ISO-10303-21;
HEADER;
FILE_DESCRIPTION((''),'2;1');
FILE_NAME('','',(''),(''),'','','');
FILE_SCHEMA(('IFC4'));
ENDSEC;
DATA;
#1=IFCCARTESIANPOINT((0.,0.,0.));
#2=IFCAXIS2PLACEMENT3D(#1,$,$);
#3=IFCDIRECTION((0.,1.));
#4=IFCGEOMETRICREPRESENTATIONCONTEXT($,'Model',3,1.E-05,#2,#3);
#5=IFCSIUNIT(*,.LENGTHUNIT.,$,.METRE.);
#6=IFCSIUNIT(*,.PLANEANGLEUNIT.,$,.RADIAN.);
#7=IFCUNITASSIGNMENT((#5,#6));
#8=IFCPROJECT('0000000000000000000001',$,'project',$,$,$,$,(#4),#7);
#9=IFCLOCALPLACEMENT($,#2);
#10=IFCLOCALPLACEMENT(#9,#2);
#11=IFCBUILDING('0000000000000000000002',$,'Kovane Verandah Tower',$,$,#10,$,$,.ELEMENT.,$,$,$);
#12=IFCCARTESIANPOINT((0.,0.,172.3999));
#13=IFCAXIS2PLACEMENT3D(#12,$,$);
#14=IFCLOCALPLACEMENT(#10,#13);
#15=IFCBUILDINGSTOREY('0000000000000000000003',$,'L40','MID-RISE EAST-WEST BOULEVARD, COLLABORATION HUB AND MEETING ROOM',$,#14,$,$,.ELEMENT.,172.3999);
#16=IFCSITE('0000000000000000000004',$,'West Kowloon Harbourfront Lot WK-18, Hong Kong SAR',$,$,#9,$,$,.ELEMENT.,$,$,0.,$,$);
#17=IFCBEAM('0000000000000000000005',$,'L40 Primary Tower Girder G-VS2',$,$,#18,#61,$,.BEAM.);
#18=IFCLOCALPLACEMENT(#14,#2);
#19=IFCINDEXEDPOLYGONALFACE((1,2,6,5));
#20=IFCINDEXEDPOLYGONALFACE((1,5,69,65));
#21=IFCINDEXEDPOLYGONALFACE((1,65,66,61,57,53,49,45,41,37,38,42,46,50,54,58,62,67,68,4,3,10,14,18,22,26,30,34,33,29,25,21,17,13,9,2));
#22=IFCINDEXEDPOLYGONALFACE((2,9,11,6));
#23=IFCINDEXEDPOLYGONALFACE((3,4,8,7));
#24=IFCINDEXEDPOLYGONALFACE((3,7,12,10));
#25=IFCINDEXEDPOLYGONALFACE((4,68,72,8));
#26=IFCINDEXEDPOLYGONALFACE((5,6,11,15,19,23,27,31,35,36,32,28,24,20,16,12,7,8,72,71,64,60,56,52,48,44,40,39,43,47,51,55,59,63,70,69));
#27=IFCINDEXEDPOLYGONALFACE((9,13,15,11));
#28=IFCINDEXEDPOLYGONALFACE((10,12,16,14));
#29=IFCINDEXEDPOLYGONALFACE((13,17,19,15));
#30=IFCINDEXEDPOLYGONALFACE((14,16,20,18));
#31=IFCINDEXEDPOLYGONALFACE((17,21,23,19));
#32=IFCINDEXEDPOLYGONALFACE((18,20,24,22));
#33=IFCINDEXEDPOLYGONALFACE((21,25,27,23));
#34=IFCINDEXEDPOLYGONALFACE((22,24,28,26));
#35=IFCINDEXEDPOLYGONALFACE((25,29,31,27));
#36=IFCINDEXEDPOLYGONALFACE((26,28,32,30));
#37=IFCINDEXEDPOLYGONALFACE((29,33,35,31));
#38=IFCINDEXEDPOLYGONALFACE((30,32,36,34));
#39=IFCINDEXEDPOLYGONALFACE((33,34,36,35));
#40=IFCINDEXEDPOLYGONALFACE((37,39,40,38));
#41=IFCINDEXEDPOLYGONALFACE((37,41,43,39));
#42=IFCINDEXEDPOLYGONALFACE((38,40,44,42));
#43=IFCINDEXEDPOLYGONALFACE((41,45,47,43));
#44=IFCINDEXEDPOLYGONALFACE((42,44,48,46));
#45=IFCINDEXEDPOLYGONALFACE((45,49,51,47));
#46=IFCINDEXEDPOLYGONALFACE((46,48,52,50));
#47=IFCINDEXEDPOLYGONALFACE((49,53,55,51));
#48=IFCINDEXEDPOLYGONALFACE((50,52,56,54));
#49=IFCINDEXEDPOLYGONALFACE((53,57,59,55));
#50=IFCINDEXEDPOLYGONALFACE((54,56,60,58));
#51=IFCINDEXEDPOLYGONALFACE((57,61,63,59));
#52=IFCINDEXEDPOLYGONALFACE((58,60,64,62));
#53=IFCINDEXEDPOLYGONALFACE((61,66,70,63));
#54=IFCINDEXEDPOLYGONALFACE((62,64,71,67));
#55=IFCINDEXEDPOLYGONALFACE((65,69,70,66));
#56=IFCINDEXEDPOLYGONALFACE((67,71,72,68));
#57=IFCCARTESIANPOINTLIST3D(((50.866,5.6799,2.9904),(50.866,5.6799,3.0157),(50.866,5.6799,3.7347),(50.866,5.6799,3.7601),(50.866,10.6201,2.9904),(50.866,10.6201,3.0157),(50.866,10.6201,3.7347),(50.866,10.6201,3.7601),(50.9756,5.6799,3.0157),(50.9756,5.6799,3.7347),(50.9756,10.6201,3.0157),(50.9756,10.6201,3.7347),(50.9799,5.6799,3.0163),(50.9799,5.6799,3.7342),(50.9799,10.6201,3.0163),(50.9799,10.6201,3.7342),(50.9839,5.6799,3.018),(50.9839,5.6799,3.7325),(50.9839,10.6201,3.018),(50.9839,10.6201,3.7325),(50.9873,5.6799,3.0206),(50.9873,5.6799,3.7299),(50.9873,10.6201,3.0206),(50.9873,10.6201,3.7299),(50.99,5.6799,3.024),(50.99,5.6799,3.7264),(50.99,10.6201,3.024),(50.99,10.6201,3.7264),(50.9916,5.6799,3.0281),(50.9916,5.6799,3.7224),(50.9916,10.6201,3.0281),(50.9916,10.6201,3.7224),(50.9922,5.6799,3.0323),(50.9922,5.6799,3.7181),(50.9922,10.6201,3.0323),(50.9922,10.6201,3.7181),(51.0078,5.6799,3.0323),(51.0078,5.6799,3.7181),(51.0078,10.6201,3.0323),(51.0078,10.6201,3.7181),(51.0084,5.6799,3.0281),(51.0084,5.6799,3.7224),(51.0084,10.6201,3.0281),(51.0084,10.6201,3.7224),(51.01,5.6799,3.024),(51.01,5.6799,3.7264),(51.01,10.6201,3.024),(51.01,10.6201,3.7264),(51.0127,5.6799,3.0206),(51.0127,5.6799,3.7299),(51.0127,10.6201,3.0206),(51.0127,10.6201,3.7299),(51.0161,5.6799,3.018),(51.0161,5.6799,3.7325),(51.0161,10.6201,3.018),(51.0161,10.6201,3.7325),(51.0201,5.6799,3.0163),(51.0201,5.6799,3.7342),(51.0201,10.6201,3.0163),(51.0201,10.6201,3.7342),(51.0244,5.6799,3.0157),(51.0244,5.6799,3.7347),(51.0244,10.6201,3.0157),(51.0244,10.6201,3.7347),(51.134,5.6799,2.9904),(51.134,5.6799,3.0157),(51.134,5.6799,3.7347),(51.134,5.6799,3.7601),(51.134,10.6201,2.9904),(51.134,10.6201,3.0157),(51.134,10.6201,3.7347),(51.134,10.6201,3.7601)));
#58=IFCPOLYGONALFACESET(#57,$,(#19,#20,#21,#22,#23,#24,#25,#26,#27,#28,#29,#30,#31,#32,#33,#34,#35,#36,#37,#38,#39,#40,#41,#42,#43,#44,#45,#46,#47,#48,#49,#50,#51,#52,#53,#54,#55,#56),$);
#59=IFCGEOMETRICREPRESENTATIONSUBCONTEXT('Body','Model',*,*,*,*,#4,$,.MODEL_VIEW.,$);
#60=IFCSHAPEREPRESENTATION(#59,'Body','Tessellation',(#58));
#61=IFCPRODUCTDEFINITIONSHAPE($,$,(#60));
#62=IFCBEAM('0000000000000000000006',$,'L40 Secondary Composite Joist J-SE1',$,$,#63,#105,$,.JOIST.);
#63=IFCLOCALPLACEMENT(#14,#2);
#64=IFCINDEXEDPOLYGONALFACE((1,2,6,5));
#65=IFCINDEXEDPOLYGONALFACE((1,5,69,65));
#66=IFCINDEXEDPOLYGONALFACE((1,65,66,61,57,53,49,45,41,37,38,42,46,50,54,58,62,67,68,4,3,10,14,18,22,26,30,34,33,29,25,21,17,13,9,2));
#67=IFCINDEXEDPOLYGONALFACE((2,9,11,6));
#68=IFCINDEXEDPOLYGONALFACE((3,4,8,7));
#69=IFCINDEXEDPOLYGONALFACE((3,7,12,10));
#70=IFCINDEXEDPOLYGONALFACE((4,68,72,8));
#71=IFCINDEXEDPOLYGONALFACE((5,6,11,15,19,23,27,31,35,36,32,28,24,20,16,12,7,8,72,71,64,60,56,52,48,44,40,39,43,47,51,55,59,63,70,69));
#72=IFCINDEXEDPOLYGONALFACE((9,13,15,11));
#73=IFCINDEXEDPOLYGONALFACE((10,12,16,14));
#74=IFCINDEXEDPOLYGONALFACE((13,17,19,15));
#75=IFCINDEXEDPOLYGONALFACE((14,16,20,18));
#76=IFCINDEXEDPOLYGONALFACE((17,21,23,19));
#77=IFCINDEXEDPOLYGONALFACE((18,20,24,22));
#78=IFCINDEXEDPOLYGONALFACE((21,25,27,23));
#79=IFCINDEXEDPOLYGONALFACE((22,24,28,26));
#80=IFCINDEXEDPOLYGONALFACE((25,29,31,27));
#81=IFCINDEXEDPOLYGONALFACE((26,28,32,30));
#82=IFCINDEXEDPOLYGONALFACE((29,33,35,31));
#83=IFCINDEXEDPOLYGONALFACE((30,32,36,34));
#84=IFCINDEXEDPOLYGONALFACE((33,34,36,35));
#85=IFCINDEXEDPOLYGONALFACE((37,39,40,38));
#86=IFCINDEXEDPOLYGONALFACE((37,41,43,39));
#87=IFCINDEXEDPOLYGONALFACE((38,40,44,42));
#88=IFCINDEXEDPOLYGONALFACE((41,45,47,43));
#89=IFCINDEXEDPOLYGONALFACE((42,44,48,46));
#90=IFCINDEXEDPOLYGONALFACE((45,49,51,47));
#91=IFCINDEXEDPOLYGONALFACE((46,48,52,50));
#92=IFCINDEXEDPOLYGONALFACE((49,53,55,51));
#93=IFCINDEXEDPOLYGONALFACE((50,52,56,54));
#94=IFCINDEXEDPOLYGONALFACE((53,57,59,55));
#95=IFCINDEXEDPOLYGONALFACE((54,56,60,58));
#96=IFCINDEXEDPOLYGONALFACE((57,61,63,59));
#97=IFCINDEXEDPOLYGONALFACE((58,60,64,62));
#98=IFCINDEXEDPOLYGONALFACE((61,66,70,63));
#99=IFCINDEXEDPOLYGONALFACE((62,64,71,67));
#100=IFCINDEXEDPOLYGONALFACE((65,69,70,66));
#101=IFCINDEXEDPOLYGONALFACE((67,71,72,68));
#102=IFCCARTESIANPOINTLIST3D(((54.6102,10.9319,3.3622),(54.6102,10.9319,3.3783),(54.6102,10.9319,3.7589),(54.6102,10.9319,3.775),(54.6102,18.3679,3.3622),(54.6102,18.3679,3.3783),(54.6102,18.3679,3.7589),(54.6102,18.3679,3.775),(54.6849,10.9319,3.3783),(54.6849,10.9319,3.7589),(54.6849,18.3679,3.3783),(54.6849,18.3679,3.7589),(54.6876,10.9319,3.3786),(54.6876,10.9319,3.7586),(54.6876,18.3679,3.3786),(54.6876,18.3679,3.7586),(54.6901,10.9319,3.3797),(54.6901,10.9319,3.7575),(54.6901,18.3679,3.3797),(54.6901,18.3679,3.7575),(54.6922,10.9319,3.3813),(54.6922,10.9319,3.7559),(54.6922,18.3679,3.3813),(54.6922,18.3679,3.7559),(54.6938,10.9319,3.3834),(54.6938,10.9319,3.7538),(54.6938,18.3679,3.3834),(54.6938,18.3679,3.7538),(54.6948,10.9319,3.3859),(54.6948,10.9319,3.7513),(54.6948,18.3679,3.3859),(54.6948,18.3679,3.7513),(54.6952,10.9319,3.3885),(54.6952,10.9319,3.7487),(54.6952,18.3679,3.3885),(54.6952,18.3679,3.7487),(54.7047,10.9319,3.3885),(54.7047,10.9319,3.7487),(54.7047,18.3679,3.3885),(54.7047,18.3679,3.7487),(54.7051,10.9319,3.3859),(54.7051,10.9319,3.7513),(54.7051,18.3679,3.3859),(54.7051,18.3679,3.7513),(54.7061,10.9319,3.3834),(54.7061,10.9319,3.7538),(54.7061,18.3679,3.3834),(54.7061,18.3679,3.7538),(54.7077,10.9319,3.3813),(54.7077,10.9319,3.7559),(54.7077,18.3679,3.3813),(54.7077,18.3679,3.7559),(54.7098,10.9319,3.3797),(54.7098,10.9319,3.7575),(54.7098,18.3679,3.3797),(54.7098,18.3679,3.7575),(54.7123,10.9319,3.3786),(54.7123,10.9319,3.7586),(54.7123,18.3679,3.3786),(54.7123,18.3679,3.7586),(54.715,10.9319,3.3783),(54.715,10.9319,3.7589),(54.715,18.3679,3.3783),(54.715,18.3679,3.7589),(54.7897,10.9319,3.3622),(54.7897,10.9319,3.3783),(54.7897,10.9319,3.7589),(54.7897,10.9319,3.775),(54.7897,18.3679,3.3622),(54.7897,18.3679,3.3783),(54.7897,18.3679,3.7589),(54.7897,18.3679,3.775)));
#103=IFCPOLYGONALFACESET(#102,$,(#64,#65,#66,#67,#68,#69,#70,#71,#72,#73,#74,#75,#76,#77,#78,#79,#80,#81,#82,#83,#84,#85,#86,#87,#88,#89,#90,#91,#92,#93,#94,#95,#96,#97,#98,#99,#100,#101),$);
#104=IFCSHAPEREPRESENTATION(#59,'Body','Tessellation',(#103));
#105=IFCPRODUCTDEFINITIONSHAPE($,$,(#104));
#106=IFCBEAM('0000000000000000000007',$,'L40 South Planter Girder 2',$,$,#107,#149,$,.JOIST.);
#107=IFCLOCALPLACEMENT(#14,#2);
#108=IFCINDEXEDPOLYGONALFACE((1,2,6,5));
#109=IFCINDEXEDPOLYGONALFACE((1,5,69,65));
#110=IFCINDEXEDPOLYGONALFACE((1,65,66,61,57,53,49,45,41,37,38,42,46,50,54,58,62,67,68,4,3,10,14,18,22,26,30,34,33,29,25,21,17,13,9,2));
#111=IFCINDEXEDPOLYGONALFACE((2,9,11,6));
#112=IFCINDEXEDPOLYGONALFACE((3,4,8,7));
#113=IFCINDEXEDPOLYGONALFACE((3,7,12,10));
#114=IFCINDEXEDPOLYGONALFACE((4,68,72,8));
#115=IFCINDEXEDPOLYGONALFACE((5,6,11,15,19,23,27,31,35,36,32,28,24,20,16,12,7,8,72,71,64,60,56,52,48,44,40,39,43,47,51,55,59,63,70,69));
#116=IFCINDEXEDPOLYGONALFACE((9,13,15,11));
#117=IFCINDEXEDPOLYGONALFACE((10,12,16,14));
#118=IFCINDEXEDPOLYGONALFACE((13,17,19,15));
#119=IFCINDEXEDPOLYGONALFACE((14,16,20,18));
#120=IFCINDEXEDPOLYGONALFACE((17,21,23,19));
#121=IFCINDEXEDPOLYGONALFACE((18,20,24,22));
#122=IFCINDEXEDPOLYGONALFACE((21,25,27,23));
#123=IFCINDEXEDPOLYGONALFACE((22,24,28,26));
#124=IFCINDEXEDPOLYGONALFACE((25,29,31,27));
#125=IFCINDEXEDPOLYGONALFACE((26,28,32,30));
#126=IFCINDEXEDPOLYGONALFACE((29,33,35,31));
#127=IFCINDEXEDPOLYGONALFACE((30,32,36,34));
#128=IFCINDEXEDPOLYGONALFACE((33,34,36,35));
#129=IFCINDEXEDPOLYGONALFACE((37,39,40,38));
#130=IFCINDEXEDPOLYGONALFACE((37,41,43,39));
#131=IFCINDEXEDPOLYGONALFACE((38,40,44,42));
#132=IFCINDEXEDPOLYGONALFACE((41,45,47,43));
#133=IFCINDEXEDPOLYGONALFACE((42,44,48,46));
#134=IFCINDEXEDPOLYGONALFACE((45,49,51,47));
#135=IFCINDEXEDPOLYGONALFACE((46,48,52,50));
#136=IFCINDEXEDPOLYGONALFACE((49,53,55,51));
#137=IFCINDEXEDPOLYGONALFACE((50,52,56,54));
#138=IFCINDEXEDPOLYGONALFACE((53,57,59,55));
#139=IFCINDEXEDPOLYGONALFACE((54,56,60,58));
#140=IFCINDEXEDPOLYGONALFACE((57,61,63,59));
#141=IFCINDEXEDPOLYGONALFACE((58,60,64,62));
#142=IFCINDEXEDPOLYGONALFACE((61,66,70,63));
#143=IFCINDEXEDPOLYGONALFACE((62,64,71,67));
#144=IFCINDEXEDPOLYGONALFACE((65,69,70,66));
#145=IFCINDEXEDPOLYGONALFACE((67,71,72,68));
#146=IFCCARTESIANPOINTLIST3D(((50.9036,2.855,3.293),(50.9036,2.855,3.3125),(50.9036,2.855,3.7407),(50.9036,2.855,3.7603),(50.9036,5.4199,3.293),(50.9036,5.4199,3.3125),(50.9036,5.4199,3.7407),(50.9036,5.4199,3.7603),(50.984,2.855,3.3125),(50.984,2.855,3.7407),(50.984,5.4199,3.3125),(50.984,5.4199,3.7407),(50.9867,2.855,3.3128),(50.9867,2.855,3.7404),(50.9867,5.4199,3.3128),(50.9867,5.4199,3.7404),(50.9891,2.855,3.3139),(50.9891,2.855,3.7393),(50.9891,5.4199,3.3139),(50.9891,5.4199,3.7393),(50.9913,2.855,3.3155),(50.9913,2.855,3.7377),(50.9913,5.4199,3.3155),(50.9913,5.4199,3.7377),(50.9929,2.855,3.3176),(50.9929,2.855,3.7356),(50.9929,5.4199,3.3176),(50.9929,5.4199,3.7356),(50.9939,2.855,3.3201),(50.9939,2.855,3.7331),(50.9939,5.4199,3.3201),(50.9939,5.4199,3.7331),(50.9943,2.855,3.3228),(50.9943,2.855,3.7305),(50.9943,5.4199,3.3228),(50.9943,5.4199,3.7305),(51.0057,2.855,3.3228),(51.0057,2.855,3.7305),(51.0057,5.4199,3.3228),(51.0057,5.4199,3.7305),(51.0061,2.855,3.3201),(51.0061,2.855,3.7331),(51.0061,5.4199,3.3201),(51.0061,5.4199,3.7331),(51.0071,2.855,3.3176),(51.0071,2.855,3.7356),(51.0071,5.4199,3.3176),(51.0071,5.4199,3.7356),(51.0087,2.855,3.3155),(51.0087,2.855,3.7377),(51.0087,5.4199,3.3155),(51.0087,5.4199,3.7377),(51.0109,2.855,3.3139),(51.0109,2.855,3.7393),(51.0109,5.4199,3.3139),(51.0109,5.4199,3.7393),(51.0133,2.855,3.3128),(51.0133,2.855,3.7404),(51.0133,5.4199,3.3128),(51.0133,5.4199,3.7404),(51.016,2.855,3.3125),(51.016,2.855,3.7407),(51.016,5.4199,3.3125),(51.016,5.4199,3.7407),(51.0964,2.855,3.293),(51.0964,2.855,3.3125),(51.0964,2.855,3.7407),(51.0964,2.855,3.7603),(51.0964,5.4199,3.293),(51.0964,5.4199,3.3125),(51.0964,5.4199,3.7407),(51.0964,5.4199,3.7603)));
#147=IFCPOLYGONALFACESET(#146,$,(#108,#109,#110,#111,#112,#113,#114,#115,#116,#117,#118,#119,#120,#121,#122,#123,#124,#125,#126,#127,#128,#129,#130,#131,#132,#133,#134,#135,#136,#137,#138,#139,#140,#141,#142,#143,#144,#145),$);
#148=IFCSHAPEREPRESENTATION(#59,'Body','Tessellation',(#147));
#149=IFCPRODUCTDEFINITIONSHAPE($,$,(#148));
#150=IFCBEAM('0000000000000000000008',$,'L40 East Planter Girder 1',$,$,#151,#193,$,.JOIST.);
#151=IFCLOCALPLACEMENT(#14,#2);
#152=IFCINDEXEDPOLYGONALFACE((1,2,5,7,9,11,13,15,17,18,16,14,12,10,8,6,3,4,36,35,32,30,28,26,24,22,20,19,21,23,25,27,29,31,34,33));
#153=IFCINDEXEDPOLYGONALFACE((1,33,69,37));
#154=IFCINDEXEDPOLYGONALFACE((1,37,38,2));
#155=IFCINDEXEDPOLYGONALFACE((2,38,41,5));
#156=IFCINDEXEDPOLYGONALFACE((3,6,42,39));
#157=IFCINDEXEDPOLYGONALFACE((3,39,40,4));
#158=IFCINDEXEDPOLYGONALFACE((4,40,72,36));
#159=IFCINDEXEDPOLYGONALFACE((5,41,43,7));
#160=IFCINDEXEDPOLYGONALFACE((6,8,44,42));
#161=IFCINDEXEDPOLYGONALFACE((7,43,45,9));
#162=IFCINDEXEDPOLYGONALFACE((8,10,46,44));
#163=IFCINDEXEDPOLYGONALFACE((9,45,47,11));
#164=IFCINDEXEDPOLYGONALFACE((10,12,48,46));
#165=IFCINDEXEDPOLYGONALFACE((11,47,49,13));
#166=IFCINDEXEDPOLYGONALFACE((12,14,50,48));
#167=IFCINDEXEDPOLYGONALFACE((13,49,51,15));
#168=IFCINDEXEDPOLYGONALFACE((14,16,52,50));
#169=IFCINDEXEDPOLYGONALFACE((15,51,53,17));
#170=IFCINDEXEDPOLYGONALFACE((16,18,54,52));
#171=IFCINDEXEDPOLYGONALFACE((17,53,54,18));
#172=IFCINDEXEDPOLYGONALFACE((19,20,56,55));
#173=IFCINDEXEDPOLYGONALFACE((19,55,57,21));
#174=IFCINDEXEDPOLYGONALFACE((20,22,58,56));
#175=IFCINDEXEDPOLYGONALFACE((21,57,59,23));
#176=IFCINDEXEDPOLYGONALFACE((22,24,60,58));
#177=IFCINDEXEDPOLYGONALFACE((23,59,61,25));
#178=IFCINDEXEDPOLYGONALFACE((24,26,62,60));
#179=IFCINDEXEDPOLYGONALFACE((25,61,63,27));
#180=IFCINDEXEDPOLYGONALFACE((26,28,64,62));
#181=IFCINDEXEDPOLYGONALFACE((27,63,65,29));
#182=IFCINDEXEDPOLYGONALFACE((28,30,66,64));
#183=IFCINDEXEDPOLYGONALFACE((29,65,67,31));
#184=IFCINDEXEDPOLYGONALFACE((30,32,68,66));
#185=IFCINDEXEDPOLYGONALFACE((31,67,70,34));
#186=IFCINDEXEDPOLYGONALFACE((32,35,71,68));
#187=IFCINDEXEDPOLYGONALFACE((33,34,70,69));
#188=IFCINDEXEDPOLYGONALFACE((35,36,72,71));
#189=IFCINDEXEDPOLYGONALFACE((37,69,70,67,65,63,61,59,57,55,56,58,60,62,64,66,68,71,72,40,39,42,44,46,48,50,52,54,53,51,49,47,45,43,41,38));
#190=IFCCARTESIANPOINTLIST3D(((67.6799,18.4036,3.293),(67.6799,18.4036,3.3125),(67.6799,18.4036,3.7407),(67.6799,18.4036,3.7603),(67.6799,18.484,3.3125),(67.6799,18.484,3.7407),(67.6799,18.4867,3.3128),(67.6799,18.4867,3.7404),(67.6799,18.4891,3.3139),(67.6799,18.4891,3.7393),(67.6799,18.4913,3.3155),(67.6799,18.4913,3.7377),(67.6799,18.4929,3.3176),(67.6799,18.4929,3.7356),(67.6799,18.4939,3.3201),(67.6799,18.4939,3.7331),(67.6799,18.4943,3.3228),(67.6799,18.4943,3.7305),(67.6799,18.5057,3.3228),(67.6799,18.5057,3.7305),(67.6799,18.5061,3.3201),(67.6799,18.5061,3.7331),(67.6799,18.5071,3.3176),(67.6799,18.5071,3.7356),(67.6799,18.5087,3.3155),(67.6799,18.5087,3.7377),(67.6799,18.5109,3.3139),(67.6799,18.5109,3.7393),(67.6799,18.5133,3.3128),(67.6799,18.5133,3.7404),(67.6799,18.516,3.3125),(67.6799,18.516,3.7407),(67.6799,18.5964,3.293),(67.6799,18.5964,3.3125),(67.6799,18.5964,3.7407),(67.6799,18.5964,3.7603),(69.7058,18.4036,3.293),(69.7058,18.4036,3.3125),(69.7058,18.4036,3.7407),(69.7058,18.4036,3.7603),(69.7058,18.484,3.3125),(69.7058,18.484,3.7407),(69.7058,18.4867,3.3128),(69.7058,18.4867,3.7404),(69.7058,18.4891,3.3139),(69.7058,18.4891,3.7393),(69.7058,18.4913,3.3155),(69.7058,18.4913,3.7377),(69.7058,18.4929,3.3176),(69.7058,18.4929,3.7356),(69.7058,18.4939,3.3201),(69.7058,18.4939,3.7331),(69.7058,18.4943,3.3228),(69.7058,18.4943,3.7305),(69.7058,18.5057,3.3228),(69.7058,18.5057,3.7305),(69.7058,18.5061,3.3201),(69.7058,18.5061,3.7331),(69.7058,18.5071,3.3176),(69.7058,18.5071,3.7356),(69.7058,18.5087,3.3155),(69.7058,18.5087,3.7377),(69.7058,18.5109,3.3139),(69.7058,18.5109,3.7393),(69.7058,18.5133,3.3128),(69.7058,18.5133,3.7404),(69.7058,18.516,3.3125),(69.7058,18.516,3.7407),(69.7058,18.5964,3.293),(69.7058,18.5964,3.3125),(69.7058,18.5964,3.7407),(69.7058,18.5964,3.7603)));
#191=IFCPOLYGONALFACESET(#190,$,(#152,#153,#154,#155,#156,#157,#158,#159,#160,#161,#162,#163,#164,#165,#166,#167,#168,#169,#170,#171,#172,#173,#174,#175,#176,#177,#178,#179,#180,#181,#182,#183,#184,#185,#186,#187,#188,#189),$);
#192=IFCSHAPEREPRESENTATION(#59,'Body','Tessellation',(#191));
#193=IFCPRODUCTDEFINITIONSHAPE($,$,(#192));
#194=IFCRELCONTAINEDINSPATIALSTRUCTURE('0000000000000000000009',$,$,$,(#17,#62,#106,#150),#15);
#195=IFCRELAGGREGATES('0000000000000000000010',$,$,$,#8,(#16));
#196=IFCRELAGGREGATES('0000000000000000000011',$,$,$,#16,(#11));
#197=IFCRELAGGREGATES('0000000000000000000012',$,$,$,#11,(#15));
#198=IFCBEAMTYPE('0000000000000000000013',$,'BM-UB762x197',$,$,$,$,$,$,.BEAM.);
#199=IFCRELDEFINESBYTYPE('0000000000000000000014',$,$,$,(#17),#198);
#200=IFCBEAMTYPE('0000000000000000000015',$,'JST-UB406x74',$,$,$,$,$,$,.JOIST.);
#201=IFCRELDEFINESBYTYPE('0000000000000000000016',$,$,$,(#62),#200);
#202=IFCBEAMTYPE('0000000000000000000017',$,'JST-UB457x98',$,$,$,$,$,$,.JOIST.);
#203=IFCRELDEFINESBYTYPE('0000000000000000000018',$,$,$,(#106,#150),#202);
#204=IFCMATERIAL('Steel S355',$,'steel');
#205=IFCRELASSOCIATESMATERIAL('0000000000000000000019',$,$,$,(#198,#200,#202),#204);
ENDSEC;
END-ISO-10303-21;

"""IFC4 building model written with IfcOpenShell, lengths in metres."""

from ifc_helpers import new_model, si_unit, direction, frame, origin, origin_2d, place, context, subcontext, project, spatial, i_section, extrude, material, material_profile, profile_set, type_object, element, save


model = new_model("IFC4")

# Units and contexts
model_context = context("Model", 3, precision=1e-05, world=origin(), true_north=direction((0.0, 1.0)))
body_context = subcontext(model_context, "Body", "Model", "MODEL_VIEW")
ifc_project = project(units=[si_unit("LENGTHUNIT", "METRE"), si_unit("PLANEANGLEUNIT", "RADIAN")], contexts=[model_context])

# Site, building, storey
site_placement = place(None, origin())
site = spatial("IfcSite", under=ifc_project, at=site_placement, Name="West Kowloon Harbourfront Lot WK-18, Hong Kong SAR", CompositionType="ELEMENT", RefElevation=0.0)
building_placement = place(site_placement, origin())
building = spatial("IfcBuilding", under=site, at=building_placement, Name="Kovane Verandah Tower", CompositionType="ELEMENT")
storey_placement = place(building_placement, frame((0.0, 0.0, 172.3999)))
storey = spatial("IfcBuildingStorey", under=building, at=storey_placement, Name="L40", Description="MID-RISE EAST-WEST BOULEVARD, COLLABORATION HUB AND MEETING ROOM", CompositionType="ELEMENT", Elevation=172.3999)

# Beams
ifc_material_1 = material(Name="Steel S355", Category="steel")
ifc_material_profile_1 = material_profile(ifc_material_1, i_section(OverallWidth=0.2681, OverallDepth=0.7698, WebThickness=0.0156, FlangeThickness=0.0254, FilletRadius=0.0166, at=origin_2d()), Name="UB762x267x197")
ifc_profile_set_1 = profile_set([ifc_material_profile_1], Name="Steel S355")
beam_type_1 = type_object("IfcBeamType", Name="BM-UB762x197", PredefinedType="BEAM", material=ifc_profile_set_1)
beam_1_placement = place(storey_placement, frame((51.0, 10.6201, 3.3752), z_axis=(0.0, -1.0, 0.0), x_axis=(1.0, 0.0, 0.0)))
element("IfcBeam", 1, at=beam_1_placement, inside=storey, type_object=beam_type_1, Name="L40 Primary Tower Girder G-VS2", PredefinedType="BEAM", context=body_context, shape_type="SweptSolid", body=[
    extrude(i_section(OverallWidth=0.2681, OverallDepth=0.7698, WebThickness=0.0156, FlangeThickness=0.0254, FilletRadius=0.0166, at=origin_2d()), origin(), (0.0, 0.0, 1.0), 4.9402),
])
ifc_material_profile_2 = material_profile(ifc_material_1, i_section(OverallWidth=0.1794, OverallDepth=0.4128, WebThickness=0.0095, FlangeThickness=0.0161, FilletRadius=0.0103, at=origin_2d()), Name="UB406x178x74")
ifc_profile_set_2 = profile_set([ifc_material_profile_2], Name="Steel S355")
beam_type_2 = type_object("IfcBeamType", Name="JST-UB406x74", PredefinedType="JOIST", material=ifc_profile_set_2)
beam_2_placement = place(storey_placement, frame((54.7, 10.9319, 3.5686), z_axis=(0.0, 1.0, 0.0), x_axis=(-1.0, 0.0, 0.0)))
element("IfcBeam", 2, at=beam_2_placement, inside=storey, type_object=beam_type_2, Name="L40 Secondary Composite Joist J-SE1", PredefinedType="JOIST", context=body_context, shape_type="SweptSolid", body=[
    extrude(i_section(OverallWidth=0.1794, OverallDepth=0.4128, WebThickness=0.0095, FlangeThickness=0.0161, FilletRadius=0.0103, at=origin_2d()), origin(), (0.0, 0.0, 1.0), 7.436),
])
ifc_material_profile_3 = material_profile(ifc_material_1, i_section(OverallWidth=0.1929, OverallDepth=0.4673, WebThickness=0.0115, FlangeThickness=0.0195, FilletRadius=0.0103, at=origin_2d()), Name="UB457x191x98")
ifc_profile_set_3 = profile_set([ifc_material_profile_3], Name="Steel S355")
beam_type_3 = type_object("IfcBeamType", Name="JST-UB457x98", PredefinedType="JOIST", material=ifc_profile_set_3)
beam_3_placement = place(storey_placement, frame((51.0, 5.4199, 3.5266), z_axis=(0.0, -1.0, 0.0), x_axis=(1.0, 0.0, 0.0)))
element("IfcBeam", 3, at=beam_3_placement, inside=storey, type_object=beam_type_3, Name="L40 South Planter Girder 2", PredefinedType="JOIST", context=body_context, shape_type="SweptSolid", body=[
    extrude(i_section(OverallWidth=0.1929, OverallDepth=0.4673, WebThickness=0.0115, FlangeThickness=0.0195, FilletRadius=0.0103, at=origin_2d()), origin(), (0.0, 0.0, 1.0), 2.5649),
])
beam_4_placement = place(storey_placement, frame((67.6799, 18.5, 3.5266), z_axis=(1.0, 0.0, 0.0), x_axis=(0.0, 1.0, 0.0)))
element("IfcBeam", 4, at=beam_4_placement, inside=storey, type_object=beam_type_3, Name="L40 East Planter Girder 1", PredefinedType="JOIST", context=body_context, shape_type="SweptSolid", body=[
    extrude(i_section(OverallWidth=0.1929, OverallDepth=0.4673, WebThickness=0.0115, FlangeThickness=0.0195, FilletRadius=0.0103, at=origin_2d()), origin(), (0.0, 0.0, 1.0), 2.0259),
])

save(model, "model.ifc")
